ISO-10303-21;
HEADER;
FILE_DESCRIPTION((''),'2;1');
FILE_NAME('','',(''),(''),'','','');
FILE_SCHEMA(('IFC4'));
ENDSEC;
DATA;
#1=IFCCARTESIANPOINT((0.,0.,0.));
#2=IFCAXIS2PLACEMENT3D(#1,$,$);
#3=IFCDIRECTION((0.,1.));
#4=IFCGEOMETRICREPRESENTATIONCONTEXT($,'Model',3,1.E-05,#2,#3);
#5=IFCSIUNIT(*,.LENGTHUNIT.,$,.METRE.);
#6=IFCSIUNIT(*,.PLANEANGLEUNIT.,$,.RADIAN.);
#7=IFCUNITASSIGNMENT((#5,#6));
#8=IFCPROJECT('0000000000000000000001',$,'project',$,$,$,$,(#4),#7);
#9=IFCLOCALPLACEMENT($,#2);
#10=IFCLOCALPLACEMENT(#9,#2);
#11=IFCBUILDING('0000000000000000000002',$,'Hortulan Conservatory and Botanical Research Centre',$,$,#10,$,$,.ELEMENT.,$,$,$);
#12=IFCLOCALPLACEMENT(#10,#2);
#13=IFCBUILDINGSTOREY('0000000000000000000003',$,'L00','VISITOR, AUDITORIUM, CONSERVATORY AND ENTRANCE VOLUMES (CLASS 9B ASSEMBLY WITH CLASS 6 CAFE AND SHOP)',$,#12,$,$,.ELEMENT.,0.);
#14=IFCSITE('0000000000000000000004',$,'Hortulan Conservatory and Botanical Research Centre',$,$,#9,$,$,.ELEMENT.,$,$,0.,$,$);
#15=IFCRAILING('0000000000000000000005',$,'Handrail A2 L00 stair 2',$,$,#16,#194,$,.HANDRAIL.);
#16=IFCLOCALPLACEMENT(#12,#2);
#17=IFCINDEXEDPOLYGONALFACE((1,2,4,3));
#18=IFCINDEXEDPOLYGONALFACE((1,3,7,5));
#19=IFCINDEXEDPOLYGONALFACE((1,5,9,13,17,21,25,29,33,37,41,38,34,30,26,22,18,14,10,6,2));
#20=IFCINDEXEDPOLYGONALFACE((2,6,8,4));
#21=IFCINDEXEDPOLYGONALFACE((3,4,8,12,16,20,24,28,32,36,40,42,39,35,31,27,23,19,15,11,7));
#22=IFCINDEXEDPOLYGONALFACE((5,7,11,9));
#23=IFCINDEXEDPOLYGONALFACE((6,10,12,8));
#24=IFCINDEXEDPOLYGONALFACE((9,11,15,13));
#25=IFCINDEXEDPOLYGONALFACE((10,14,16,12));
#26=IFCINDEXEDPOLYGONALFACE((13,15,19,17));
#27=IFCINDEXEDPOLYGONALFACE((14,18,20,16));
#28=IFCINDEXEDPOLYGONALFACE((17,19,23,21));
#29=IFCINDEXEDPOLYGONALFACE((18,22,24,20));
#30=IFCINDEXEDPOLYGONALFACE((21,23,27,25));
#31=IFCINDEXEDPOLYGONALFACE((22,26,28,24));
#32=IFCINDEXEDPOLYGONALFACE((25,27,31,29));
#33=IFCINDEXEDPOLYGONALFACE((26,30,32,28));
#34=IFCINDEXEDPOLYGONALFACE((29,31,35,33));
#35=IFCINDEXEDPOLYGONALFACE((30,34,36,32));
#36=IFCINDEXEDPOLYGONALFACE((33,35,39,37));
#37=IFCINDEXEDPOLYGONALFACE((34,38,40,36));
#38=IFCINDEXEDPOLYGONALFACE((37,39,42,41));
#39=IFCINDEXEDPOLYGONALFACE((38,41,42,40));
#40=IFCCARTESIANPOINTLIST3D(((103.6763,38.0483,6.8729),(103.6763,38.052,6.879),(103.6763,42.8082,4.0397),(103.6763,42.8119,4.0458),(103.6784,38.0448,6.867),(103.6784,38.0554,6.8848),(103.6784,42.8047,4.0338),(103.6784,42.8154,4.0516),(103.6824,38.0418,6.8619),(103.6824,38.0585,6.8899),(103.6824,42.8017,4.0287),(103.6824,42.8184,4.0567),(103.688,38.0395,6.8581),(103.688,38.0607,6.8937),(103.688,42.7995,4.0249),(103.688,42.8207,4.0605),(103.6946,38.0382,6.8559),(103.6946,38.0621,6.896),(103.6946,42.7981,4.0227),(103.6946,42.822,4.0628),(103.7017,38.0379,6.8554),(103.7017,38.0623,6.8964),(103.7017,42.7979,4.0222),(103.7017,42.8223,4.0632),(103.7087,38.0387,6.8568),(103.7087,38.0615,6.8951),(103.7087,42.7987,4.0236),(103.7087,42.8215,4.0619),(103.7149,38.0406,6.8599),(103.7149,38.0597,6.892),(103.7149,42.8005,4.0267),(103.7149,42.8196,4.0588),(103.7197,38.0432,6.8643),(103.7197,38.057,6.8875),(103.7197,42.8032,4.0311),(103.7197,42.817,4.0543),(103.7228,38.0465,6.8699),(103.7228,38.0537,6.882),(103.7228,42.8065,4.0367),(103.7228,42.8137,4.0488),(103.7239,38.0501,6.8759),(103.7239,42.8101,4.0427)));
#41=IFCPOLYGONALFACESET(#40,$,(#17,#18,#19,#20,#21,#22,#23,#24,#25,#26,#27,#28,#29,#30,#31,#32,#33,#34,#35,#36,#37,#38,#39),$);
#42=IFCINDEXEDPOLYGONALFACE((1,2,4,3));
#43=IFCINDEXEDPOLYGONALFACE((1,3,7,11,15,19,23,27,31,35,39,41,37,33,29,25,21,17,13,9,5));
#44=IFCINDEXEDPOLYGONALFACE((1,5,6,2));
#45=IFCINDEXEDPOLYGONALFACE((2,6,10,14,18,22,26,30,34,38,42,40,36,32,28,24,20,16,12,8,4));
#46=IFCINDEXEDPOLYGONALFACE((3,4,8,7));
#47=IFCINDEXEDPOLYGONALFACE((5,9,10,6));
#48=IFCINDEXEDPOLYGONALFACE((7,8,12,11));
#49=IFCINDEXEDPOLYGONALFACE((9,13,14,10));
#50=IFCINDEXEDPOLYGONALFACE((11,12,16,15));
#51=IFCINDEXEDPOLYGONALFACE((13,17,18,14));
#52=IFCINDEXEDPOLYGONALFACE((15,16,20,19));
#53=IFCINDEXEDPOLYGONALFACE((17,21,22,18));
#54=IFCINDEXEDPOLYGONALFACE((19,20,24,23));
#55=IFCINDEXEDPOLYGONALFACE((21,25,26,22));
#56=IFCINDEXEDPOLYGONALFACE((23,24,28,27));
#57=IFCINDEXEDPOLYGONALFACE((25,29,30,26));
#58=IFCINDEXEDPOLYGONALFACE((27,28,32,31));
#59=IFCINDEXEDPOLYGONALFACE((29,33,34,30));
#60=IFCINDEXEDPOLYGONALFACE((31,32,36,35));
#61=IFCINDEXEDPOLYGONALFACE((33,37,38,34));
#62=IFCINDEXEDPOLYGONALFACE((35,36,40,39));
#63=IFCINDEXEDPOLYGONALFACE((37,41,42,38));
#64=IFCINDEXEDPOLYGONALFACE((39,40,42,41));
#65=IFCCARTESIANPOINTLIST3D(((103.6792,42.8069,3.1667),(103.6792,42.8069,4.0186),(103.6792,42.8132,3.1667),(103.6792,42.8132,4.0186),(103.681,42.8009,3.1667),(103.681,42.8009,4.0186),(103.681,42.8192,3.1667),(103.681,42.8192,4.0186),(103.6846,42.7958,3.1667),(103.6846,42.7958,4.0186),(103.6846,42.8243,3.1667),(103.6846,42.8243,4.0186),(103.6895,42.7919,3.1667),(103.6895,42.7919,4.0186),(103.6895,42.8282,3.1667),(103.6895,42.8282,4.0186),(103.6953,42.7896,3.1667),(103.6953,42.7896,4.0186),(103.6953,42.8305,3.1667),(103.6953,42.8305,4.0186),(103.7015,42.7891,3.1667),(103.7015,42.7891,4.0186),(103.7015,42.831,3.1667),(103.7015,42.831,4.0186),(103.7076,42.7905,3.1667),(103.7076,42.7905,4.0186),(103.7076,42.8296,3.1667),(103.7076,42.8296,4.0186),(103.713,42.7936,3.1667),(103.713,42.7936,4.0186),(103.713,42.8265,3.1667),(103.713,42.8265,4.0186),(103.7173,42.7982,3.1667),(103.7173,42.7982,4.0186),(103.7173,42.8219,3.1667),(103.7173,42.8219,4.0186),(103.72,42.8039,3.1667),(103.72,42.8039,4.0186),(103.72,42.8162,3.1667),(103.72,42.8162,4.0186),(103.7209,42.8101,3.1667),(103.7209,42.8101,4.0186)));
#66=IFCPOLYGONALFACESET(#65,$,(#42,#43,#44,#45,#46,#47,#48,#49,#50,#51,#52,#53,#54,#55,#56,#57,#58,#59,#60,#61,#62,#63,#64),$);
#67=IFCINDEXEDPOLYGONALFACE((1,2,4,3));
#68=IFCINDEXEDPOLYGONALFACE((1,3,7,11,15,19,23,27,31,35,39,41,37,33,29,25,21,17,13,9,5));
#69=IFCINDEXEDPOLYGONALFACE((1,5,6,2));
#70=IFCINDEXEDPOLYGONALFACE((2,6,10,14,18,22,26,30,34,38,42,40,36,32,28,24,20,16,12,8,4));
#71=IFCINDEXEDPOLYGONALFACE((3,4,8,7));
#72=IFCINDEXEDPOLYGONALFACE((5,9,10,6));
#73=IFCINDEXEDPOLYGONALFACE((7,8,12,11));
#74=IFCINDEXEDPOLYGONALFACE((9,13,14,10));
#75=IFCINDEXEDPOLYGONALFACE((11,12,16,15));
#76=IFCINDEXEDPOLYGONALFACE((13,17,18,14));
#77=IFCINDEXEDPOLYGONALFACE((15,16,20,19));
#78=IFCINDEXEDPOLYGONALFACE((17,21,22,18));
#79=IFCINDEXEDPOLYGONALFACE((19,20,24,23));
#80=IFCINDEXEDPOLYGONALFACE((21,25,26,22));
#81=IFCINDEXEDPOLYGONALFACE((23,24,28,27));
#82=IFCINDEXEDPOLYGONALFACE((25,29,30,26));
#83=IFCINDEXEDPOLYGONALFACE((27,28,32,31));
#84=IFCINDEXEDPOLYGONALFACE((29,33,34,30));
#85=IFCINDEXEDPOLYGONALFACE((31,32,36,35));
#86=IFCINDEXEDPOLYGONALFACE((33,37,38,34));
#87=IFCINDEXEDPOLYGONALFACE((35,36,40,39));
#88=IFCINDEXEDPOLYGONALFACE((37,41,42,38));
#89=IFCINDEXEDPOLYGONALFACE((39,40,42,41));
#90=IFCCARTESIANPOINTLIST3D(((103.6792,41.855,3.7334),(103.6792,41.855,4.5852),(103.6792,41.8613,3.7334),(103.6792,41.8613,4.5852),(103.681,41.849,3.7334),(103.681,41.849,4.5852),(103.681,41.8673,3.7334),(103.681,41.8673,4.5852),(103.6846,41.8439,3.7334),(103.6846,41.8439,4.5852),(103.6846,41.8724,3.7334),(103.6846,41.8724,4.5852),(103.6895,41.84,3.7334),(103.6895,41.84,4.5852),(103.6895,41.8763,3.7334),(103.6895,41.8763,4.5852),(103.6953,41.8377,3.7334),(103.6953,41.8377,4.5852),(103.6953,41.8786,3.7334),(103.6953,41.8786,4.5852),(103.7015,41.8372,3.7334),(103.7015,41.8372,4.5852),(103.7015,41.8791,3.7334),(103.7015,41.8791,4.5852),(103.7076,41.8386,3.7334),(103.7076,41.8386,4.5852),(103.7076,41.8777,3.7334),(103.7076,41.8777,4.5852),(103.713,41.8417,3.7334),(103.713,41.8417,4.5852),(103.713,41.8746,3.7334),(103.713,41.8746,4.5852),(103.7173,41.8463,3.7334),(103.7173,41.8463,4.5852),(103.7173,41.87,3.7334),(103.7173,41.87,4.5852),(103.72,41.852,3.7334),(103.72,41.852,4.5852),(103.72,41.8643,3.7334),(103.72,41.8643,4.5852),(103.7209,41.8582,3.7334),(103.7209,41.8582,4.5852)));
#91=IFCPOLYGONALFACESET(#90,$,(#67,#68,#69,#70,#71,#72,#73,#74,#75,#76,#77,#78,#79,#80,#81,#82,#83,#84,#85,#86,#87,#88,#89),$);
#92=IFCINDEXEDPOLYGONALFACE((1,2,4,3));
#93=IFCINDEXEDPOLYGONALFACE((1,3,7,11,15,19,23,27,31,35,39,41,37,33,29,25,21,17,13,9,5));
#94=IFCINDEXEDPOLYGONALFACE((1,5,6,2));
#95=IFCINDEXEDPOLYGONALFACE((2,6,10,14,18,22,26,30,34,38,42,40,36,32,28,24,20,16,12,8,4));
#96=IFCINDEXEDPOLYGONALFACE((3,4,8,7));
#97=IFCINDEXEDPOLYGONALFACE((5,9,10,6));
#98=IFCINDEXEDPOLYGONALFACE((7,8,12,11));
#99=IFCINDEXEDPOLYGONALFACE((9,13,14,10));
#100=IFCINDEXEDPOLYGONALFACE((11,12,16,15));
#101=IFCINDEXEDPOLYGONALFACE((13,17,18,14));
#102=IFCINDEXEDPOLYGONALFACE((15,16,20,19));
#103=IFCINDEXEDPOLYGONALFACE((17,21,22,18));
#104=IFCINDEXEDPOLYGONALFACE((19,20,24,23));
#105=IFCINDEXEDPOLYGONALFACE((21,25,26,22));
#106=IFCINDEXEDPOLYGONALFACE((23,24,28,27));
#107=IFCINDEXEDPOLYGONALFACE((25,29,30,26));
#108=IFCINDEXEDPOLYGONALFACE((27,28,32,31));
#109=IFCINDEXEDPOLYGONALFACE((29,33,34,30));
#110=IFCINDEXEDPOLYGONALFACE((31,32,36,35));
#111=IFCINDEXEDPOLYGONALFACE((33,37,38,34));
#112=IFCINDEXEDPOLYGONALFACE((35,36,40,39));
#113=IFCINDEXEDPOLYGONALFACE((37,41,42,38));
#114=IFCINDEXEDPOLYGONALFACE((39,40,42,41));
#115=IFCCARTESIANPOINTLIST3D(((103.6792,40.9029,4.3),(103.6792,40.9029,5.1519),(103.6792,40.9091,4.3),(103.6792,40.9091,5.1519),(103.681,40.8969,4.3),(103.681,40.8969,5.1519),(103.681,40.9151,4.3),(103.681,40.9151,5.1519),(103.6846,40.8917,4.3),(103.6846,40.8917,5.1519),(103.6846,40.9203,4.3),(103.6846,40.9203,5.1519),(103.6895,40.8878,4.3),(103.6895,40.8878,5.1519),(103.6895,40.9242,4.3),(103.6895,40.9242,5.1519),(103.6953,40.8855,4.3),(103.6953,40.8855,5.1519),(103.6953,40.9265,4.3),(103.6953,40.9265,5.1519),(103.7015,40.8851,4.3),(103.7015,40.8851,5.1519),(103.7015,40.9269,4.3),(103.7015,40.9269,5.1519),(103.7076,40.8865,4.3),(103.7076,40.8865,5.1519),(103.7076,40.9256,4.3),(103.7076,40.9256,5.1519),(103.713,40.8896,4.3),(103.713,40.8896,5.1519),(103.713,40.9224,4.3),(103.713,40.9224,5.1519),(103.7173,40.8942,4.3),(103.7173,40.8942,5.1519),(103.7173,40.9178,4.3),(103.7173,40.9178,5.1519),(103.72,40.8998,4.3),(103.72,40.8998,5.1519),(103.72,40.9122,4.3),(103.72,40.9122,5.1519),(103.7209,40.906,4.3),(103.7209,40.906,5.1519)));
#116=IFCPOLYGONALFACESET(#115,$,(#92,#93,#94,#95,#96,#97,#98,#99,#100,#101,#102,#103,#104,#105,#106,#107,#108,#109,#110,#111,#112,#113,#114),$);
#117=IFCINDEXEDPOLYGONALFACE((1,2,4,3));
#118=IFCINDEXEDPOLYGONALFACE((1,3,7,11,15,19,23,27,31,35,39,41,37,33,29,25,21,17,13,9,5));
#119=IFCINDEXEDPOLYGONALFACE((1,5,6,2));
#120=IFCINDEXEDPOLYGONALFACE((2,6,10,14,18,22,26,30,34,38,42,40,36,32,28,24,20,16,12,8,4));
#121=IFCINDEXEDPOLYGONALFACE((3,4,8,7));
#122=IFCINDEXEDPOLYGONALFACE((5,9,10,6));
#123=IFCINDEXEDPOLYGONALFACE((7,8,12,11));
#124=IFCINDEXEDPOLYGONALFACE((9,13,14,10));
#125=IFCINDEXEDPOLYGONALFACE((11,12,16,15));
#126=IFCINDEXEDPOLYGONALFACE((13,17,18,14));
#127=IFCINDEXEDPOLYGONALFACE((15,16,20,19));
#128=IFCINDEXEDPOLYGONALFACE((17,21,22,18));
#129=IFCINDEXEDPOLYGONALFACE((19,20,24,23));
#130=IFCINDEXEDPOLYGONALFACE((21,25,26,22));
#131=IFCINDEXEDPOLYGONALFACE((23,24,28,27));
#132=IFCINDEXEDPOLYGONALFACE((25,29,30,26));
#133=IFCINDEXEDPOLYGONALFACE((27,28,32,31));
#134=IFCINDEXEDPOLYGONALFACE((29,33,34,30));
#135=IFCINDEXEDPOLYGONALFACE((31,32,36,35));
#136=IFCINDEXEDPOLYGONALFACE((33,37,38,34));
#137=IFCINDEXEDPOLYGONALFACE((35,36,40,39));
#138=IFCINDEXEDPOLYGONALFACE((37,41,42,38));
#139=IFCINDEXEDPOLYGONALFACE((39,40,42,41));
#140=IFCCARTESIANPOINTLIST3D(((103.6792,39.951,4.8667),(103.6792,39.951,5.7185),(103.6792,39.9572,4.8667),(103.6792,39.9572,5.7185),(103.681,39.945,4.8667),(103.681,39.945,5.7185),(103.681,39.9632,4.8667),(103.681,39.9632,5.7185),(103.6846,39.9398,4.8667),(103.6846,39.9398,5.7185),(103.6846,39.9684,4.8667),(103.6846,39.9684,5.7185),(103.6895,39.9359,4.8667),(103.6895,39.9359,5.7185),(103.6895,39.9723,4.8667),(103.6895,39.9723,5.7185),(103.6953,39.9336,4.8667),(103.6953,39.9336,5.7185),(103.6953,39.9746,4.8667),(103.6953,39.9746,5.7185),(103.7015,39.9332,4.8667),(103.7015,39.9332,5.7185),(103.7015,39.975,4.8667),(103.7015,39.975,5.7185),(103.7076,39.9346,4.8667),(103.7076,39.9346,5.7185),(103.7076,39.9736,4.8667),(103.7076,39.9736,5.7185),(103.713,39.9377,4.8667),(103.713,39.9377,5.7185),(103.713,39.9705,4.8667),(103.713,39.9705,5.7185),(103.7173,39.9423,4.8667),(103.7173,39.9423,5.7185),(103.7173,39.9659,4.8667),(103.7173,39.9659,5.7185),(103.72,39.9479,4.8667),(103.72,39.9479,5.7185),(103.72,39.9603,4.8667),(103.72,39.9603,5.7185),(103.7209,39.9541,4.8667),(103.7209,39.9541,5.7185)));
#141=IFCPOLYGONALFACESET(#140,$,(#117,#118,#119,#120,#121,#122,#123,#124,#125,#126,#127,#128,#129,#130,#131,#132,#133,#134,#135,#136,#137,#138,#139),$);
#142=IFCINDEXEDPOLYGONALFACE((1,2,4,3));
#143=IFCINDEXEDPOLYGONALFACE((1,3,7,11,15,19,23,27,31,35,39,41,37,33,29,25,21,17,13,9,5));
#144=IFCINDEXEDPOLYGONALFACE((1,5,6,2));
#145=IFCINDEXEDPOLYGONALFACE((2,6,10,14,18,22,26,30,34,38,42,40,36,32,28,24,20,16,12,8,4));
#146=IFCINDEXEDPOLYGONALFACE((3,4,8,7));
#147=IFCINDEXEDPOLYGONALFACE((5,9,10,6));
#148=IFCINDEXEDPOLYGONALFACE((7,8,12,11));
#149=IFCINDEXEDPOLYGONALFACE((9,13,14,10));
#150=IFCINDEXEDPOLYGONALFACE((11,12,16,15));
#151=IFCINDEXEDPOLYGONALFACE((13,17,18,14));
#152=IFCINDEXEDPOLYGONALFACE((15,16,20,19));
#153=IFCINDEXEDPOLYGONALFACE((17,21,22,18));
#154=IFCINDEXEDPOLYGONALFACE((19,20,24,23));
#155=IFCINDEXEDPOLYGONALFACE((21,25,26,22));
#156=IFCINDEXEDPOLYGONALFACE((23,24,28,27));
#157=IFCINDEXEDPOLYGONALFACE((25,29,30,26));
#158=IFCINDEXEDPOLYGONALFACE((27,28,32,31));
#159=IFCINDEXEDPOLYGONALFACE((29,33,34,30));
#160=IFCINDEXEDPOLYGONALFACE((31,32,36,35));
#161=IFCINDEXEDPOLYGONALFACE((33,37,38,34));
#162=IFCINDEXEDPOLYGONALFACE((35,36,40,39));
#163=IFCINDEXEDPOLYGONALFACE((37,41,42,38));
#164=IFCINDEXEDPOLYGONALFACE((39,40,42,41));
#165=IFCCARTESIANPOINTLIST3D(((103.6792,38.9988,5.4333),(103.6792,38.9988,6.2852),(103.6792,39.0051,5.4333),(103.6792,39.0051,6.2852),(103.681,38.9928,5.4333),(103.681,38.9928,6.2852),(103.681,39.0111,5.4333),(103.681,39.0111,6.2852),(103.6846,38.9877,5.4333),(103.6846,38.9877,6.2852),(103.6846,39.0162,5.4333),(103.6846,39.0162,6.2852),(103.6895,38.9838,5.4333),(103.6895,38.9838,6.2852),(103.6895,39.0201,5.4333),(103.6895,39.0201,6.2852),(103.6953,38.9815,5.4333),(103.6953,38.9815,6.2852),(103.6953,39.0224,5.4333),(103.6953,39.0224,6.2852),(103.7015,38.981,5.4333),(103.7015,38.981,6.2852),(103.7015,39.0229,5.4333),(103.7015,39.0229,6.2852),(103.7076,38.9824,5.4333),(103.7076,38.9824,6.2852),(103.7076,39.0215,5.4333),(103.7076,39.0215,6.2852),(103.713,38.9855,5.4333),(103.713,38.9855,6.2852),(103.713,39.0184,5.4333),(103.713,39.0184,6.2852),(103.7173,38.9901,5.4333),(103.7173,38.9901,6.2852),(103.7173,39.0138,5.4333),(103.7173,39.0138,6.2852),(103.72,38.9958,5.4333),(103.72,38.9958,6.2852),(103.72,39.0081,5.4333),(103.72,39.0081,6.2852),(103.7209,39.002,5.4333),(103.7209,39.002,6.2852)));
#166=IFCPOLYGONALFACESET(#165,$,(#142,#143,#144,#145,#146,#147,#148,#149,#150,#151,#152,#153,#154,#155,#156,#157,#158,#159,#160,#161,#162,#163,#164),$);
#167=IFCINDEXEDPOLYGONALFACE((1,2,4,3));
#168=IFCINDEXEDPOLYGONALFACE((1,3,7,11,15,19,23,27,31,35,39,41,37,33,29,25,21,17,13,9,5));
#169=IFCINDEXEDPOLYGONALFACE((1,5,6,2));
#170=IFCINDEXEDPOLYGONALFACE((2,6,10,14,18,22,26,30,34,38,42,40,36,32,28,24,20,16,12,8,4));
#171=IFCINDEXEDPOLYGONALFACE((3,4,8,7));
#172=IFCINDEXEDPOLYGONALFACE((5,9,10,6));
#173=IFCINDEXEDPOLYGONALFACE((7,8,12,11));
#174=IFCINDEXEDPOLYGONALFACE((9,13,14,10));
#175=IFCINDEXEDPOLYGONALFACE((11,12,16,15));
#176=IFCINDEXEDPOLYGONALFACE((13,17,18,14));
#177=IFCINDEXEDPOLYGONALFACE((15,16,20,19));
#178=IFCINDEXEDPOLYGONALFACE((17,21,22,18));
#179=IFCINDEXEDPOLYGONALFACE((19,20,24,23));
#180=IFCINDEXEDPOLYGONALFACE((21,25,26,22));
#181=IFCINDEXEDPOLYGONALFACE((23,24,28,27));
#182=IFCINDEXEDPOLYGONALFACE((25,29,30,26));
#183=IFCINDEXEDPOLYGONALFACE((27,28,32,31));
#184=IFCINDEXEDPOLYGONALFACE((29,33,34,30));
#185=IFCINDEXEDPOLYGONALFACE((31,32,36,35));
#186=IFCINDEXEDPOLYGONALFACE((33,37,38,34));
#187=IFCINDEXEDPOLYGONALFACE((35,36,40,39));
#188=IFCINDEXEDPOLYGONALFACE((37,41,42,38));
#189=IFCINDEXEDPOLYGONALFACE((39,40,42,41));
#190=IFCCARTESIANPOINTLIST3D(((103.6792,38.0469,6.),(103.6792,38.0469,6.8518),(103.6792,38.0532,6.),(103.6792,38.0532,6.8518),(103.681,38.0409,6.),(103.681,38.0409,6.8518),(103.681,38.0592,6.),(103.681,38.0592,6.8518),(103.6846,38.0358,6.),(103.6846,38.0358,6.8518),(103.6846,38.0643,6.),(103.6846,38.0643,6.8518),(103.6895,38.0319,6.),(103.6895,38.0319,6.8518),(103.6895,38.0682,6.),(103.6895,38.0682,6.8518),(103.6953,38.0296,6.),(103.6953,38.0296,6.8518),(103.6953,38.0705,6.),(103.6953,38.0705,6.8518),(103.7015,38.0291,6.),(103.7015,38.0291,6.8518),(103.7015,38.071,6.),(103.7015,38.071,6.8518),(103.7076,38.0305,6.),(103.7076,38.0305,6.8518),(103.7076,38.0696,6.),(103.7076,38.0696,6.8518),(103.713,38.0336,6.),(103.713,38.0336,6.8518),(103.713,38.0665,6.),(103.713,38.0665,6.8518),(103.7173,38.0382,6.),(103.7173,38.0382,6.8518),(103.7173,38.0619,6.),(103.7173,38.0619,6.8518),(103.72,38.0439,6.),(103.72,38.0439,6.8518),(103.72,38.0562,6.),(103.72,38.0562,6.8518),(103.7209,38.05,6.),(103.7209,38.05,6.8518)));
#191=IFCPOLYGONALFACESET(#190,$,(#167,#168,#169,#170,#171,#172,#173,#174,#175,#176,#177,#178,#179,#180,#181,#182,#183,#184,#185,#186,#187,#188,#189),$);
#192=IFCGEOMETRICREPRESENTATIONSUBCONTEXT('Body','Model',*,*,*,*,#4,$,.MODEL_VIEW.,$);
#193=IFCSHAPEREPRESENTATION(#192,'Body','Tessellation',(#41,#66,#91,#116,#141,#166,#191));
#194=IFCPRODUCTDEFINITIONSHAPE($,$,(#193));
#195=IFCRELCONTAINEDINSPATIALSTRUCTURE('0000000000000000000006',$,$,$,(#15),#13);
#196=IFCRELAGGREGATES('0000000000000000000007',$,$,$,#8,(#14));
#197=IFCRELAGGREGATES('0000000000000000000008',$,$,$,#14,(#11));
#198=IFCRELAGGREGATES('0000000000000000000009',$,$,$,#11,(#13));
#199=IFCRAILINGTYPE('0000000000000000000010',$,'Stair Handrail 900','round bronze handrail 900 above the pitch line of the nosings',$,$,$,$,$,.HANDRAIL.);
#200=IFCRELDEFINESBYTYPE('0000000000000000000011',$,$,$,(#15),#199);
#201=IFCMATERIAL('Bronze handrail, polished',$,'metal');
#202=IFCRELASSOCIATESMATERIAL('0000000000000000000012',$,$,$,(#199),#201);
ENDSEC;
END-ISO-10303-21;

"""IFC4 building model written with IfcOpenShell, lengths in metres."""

from ifc_helpers import new_model, si_unit, direction, frame, origin, origin_2d, place, context, subcontext, project, spatial, circle, extrude, material, type_object, element, save


model = new_model("IFC4")

# Units and contexts
model_context = context("Model", 3, precision=1e-05, world=origin(), true_north=direction((0.0, 1.0)))
body_context = subcontext(model_context, "Body", "Model", "MODEL_VIEW")
ifc_project = project(units=[si_unit("LENGTHUNIT", "METRE"), si_unit("PLANEANGLEUNIT", "RADIAN")], contexts=[model_context])

# Site, building, storey
site_placement = place(None, origin())
site = spatial("IfcSite", under=ifc_project, at=site_placement, Name="Hortulan Conservatory and Botanical Research Centre", CompositionType="ELEMENT", RefElevation=0.0)
building_placement = place(site_placement, origin())
building = spatial("IfcBuilding", under=site, at=building_placement, Name="Hortulan Conservatory and Botanical Research Centre", CompositionType="ELEMENT")
storey_placement = place(building_placement, origin())
storey = spatial("IfcBuildingStorey", under=building, at=storey_placement, Name="L00", Description="VISITOR, AUDITORIUM, CONSERVATORY AND ENTRANCE VOLUMES (CLASS 9B ASSEMBLY WITH CLASS 6 CAFE AND SHOP)", CompositionType="ELEMENT", Elevation=0.0)

# Railing
ifc_material_1 = material(Name="Bronze handrail, polished", Category="metal")
railing_type_1 = type_object("IfcRailingType", Name="Stair Handrail 900", Description="round bronze handrail 900 above the pitch line of the nosings", PredefinedType="HANDRAIL", material=ifc_material_1)
railing_1_placement = place(storey_placement, frame((103.7, 42.8101, 3.1667)))
element("IfcRailing", 1, at=railing_1_placement, inside=storey, type_object=railing_type_1, Name="Handrail A2 L00 stair 2", PredefinedType="HANDRAIL", context=body_context, shape_type="SweptSolid", body=[
    extrude(circle(Radius=0.0239, at=origin_2d()), frame((0.0, 0.0, 0.876), z_axis=(0.0, -0.8593, 0.511472), x_axis=(1.0, 0.0, 0.0)), (0.0, 0.0, 1.0), 5.5393),
    extrude(circle(Radius=0.021, at=origin_2d()), origin(), (0.0, 0.0, 1.0), 0.8518),
    extrude(circle(Radius=0.021, at=origin_2d()), frame((0.0, -0.9519, 0.5667)), (0.0, 0.0, 1.0), 0.8518),
    extrude(circle(Radius=0.021, at=origin_2d()), frame((0.0, -1.9041, 1.1333)), (0.0, 0.0, 1.0), 0.8518),
    extrude(circle(Radius=0.021, at=origin_2d()), frame((0.0, -2.856, 1.7)), (0.0, 0.0, 1.0), 0.8518),
    extrude(circle(Radius=0.021, at=origin_2d()), frame((0.0, -3.8081, 2.2666)), (0.0, 0.0, 1.0), 0.8518),
    extrude(circle(Radius=0.021, at=origin_2d()), frame((0.0, -4.76, 2.8333)), (0.0, 0.0, 1.0), 0.8518),
])

save(model, "model.ifc")
